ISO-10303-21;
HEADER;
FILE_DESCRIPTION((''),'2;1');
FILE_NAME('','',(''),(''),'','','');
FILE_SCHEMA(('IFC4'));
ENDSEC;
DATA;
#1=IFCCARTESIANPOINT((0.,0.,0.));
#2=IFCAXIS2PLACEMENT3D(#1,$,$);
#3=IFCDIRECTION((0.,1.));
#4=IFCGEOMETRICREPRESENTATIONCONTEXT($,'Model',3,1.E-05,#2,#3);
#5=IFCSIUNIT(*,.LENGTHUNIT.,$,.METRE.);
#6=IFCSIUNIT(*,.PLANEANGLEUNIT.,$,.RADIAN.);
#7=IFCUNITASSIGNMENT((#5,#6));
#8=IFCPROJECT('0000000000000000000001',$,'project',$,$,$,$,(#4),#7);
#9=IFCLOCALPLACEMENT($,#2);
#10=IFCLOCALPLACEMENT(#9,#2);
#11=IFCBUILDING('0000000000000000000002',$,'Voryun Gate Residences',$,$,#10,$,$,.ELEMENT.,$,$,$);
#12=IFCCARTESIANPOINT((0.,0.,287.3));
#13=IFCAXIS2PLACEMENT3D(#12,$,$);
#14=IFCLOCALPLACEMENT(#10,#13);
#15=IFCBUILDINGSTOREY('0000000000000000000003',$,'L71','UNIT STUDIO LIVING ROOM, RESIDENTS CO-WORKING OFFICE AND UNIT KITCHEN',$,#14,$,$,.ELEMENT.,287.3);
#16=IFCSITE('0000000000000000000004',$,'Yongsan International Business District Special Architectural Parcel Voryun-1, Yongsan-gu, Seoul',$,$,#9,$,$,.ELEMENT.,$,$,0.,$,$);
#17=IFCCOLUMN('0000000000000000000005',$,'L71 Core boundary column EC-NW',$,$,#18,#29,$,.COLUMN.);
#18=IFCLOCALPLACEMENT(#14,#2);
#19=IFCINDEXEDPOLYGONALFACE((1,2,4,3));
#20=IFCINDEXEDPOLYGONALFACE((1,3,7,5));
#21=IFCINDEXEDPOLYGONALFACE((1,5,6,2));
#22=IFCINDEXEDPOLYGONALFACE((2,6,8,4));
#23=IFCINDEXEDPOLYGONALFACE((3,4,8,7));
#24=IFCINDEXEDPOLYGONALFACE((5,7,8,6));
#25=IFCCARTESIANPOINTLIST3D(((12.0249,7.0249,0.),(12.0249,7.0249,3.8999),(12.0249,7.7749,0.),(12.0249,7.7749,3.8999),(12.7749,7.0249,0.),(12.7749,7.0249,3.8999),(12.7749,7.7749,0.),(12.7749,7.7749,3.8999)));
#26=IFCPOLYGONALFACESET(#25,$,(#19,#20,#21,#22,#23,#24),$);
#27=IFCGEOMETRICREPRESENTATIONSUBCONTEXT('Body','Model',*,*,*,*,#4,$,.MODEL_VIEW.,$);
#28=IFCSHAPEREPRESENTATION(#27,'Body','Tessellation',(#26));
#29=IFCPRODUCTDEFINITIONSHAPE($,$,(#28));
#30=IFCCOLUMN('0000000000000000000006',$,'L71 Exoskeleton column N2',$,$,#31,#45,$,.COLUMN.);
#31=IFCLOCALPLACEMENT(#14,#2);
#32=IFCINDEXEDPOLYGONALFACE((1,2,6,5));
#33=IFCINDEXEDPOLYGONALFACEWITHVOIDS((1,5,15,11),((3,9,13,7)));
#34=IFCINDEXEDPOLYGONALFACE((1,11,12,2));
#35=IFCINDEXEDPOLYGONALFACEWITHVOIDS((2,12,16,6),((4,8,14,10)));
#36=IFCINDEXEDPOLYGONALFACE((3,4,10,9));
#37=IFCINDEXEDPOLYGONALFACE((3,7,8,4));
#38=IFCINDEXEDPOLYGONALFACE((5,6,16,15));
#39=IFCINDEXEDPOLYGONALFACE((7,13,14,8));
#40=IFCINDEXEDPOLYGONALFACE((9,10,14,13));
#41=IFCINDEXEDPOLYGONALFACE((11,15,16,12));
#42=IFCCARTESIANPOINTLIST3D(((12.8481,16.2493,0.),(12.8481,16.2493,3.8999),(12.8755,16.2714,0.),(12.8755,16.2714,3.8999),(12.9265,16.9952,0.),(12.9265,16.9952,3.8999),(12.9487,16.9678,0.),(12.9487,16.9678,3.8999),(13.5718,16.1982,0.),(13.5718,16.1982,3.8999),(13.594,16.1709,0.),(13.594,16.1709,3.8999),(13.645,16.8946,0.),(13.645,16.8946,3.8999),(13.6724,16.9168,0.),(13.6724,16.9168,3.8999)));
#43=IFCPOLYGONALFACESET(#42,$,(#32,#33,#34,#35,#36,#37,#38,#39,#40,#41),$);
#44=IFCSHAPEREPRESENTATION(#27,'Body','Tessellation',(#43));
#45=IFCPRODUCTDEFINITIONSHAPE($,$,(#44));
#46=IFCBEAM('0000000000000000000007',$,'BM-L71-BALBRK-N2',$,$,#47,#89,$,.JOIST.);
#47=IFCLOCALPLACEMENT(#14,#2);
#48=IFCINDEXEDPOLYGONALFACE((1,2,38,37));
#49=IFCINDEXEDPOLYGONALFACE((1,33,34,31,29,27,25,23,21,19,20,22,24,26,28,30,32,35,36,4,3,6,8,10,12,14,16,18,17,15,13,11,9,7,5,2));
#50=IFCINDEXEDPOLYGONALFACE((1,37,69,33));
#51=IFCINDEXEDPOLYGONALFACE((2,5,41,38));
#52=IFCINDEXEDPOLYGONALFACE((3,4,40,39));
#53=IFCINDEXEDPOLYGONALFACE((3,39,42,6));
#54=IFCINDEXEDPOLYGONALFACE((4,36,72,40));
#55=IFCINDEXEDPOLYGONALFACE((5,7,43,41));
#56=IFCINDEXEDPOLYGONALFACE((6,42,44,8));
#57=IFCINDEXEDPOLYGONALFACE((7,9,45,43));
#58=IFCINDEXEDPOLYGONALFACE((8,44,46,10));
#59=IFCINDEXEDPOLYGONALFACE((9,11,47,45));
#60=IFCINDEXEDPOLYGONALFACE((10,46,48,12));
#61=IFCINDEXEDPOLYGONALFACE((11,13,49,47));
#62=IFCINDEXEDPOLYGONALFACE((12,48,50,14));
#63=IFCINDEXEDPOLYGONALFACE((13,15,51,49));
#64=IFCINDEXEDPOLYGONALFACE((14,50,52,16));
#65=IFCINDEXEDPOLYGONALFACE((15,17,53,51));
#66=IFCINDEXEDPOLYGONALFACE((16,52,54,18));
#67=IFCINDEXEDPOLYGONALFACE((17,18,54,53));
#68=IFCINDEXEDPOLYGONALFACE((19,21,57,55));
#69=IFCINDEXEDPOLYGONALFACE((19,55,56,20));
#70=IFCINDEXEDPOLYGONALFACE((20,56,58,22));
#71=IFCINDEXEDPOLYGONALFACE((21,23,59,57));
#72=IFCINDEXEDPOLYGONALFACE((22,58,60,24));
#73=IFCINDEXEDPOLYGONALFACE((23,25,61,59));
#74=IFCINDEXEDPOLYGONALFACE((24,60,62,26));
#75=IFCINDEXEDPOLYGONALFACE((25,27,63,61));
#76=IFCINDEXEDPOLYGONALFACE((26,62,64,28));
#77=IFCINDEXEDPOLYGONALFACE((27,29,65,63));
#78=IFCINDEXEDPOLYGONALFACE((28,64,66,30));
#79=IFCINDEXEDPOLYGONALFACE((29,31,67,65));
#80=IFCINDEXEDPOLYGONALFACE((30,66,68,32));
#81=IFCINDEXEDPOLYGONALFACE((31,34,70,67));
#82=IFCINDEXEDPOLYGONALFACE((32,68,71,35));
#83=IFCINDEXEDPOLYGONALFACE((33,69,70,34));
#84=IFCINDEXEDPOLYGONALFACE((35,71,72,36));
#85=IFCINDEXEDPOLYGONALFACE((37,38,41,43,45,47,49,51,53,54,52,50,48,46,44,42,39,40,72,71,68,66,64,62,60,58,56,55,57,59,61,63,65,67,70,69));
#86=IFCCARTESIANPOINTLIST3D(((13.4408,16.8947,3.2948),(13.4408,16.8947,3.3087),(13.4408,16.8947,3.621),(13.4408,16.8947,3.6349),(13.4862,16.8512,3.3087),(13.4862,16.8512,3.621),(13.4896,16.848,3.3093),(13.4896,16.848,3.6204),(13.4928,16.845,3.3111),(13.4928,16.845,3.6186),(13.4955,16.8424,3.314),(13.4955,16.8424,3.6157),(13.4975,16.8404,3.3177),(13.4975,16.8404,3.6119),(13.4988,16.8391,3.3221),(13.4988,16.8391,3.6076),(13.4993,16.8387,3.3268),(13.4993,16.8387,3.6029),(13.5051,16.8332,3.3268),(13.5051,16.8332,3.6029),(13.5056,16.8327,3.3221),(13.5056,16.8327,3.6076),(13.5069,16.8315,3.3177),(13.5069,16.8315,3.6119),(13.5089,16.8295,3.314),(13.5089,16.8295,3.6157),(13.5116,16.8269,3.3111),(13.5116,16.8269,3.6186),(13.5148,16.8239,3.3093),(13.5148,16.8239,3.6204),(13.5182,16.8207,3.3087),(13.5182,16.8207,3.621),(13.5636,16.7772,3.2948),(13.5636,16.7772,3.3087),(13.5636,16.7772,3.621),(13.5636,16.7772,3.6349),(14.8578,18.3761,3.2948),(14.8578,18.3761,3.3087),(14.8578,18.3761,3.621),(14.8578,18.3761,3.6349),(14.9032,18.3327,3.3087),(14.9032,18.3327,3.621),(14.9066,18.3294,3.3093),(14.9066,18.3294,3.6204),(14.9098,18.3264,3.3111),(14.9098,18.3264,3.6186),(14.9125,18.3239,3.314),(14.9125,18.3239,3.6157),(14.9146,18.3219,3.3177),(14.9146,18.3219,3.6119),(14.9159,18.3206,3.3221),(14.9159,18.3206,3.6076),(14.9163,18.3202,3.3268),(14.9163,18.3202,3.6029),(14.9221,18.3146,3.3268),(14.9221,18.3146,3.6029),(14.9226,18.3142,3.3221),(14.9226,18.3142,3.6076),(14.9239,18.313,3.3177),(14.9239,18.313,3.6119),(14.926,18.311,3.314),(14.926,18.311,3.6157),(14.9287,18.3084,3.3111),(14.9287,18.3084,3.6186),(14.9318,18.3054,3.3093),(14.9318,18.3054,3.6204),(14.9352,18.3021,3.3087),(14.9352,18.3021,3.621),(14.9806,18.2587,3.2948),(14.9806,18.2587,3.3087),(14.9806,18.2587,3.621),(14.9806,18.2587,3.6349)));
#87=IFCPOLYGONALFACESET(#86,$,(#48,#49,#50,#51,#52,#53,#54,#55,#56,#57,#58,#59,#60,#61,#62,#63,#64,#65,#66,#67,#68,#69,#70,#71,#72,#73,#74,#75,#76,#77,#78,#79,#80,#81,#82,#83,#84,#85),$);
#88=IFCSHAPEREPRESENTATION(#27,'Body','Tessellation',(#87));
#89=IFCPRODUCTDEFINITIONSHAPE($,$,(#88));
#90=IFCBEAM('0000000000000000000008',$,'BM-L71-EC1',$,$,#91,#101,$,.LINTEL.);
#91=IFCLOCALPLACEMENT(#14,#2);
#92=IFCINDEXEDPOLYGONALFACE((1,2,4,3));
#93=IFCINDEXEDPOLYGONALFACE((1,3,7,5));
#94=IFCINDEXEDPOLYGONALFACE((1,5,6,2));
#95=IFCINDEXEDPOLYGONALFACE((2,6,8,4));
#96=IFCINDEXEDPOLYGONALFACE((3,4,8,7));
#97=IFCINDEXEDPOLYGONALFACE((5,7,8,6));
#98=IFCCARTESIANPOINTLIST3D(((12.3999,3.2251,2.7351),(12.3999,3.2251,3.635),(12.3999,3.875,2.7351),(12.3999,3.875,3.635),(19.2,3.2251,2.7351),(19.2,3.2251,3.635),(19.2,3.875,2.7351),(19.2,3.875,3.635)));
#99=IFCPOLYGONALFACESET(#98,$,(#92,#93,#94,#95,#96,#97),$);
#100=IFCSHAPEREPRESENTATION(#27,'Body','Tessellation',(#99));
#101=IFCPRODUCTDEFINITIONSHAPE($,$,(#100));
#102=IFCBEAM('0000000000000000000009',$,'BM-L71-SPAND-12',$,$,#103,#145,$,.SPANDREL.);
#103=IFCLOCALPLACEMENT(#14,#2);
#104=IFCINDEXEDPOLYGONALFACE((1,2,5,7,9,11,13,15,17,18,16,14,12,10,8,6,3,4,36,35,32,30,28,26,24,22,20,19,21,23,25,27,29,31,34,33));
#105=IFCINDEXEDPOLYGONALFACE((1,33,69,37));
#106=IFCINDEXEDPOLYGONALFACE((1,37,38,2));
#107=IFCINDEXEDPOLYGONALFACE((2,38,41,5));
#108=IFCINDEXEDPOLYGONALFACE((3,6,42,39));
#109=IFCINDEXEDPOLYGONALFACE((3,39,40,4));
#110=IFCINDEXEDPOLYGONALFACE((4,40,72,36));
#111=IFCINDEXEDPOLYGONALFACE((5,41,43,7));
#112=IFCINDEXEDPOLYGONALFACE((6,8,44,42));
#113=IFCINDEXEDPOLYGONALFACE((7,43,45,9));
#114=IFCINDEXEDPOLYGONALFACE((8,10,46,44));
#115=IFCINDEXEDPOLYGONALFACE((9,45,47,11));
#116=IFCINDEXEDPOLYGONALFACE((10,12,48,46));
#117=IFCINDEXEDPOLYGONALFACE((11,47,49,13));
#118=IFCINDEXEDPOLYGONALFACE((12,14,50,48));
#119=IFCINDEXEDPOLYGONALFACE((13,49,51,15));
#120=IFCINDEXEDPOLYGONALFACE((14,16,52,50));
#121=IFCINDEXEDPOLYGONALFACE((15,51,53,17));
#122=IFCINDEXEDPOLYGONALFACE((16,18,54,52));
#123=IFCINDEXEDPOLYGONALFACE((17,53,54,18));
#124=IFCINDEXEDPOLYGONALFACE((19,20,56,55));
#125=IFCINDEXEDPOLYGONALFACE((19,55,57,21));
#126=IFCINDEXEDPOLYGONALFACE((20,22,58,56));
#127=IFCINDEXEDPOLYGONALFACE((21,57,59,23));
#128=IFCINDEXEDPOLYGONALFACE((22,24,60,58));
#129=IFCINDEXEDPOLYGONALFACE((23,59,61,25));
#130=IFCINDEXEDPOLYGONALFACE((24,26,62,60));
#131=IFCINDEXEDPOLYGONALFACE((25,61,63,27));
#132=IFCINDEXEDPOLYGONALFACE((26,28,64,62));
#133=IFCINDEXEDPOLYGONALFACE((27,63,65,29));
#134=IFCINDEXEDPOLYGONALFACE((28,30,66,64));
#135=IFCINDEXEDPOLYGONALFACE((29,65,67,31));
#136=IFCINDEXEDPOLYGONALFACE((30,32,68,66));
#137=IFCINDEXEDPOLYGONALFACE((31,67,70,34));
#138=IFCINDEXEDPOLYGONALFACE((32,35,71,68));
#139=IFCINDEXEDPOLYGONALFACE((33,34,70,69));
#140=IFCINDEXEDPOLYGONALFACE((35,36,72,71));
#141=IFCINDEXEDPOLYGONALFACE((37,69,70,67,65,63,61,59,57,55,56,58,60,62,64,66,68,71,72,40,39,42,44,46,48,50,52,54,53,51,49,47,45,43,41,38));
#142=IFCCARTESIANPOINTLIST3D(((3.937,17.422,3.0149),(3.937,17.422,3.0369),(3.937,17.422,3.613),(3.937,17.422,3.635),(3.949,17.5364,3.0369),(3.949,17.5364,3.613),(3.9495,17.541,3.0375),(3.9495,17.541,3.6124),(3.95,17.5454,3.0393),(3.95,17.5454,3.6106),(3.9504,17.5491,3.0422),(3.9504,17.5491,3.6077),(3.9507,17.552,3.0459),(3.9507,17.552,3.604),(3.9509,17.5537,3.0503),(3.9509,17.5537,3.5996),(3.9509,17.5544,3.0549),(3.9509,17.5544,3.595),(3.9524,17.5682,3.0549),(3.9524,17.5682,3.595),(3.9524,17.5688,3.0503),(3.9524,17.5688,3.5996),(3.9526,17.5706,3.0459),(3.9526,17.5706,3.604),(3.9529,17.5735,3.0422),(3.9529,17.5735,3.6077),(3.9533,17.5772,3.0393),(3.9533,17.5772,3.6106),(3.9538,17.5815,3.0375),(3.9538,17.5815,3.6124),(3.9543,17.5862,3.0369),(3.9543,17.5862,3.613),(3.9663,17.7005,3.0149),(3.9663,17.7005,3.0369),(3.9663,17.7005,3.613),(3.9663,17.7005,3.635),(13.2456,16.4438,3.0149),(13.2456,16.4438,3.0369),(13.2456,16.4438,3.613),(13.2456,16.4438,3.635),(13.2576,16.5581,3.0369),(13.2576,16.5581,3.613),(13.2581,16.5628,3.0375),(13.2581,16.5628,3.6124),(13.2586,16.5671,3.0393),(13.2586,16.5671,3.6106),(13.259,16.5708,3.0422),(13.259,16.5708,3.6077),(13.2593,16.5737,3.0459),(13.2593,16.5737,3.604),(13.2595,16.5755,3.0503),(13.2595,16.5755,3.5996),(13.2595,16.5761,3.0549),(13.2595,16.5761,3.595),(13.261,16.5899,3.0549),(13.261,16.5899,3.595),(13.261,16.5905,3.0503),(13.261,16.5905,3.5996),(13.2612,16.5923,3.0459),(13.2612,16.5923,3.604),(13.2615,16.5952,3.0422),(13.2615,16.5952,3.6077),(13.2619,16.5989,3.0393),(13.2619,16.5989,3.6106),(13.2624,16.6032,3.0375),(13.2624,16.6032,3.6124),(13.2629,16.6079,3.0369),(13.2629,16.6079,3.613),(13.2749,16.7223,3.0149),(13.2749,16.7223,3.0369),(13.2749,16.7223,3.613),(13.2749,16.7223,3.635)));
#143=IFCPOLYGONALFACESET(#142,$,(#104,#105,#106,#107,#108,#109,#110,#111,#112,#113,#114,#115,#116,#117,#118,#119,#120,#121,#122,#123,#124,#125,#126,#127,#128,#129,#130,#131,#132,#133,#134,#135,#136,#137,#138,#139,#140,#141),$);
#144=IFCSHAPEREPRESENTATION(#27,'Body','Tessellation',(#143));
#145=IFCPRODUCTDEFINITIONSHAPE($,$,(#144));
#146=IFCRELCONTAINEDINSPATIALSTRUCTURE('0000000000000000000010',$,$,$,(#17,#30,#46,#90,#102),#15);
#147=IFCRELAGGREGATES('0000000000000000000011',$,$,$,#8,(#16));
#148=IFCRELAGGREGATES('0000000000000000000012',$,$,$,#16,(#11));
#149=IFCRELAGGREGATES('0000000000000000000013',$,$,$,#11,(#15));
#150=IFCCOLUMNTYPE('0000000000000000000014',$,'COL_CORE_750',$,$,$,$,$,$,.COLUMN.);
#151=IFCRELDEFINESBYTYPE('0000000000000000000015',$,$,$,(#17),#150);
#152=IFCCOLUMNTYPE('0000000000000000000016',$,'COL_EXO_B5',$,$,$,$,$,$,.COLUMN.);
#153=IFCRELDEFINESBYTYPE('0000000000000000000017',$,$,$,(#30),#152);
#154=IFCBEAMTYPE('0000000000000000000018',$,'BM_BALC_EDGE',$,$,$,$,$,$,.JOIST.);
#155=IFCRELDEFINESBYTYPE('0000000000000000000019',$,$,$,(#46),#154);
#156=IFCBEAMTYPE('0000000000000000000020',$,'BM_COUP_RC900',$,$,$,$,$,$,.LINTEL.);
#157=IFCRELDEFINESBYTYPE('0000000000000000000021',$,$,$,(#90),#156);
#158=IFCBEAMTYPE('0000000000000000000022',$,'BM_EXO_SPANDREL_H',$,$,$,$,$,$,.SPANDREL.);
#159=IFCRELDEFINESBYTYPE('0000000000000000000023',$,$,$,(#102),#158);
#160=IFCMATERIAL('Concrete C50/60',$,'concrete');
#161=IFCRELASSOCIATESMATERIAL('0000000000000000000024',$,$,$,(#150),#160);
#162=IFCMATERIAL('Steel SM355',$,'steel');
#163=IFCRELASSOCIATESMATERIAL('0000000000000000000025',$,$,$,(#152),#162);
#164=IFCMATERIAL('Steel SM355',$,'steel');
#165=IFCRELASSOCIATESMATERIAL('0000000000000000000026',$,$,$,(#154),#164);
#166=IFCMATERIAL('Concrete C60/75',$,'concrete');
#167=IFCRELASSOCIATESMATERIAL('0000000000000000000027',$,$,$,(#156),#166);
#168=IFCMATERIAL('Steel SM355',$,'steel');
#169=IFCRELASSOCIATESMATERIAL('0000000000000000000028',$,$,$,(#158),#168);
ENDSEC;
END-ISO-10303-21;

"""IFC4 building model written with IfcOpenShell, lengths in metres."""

from ifc_helpers import new_model, si_unit, direction, frame, origin, origin_2d, place, context, subcontext, project, spatial, rectangle, hollow_rectangle, i_section, extrude, material, material_profile, profile_set, type_object, element, save


model = new_model("IFC4")

# Units and contexts
model_context = context("Model", 3, precision=1e-05, world=origin(), true_north=direction((0.0, 1.0)))
body_context = subcontext(model_context, "Body", "Model", "MODEL_VIEW")
ifc_project = project(units=[si_unit("LENGTHUNIT", "METRE"), si_unit("PLANEANGLEUNIT", "RADIAN")], contexts=[model_context])

# Site, building, storey
site_placement = place(None, origin())
site = spatial("IfcSite", under=ifc_project, at=site_placement, Name="Yongsan International Business District Special Architectural Parcel Voryun-1, Yongsan-gu, Seoul", CompositionType="ELEMENT", RefElevation=0.0)
building_placement = place(site_placement, origin())
building = spatial("IfcBuilding", under=site, at=building_placement, Name="Voryun Gate Residences", CompositionType="ELEMENT")
storey_placement = place(building_placement, frame((0.0, 0.0, 287.3)))
storey = spatial("IfcBuildingStorey", under=building, at=storey_placement, Name="L71", Description="UNIT STUDIO LIVING ROOM, RESIDENTS CO-WORKING OFFICE AND UNIT KITCHEN", CompositionType="ELEMENT", Elevation=287.3)

# Columns
ifc_material_1 = material(Name="Concrete C50/60", Category="concrete")
ifc_material_profile_1 = material_profile(ifc_material_1, rectangle(XDim=0.75, YDim=0.75, at=origin_2d()), Name="RC-750x750")
ifc_profile_set_1 = profile_set([ifc_material_profile_1], Name="Concrete C50/60")
column_type_1 = type_object("IfcColumnType", Name="COL_CORE_750", PredefinedType="COLUMN", material=ifc_profile_set_1)
column_1_placement = place(storey_placement, frame((12.3999, 7.3999, 0.0), z_axis=(0.0, 0.0, 1.0), x_axis=(1.0, 0.0, 0.0)))
element("IfcColumn", 1, at=column_1_placement, inside=storey, type_object=column_type_1, Name="L71 Core boundary column EC-NW", PredefinedType="COLUMN", context=body_context, shape_type="SweptSolid", body=[
    extrude(rectangle(XDim=0.75, YDim=0.75, at=origin_2d()), origin(), (0.0, 0.0, 1.0), 3.8999),
])
ifc_material_2 = material(Name="Steel SM355", Category="steel")
ifc_material_profile_2 = material_profile(ifc_material_2, hollow_rectangle(XDim=0.75, YDim=0.75, WallThickness=0.0249, at=origin_2d()), Name="BOX-750x750x25")
ifc_profile_set_2 = profile_set([ifc_material_profile_2], Name="Steel SM355")
column_type_2 = type_object("IfcColumnType", Name="COL_EXO_B5", PredefinedType="COLUMN", material=ifc_profile_set_2)
column_2_placement = place(storey_placement, frame((13.2603, 16.583, 0.0), z_axis=(0.0, 0.0, 1.0), x_axis=(0.994522, -0.104528, 0.0)))
element("IfcColumn", 2, at=column_2_placement, inside=storey, type_object=column_type_2, Name="L71 Exoskeleton column N2", PredefinedType="COLUMN", context=body_context, shape_type="SweptSolid", body=[
    extrude(hollow_rectangle(XDim=0.75, YDim=0.75, WallThickness=0.0249, at=origin_2d()), origin(), (0.0, 0.0, 1.0), 3.8999),
])

# Beams
ifc_material_3 = material(Name="Steel SM355", Category="steel")
ifc_material_profile_3 = material_profile(ifc_material_3, i_section(OverallWidth=0.1699, OverallDepth=0.3401, WebThickness=0.0081, FlangeThickness=0.0139, FilletRadius=0.0181, at=origin_2d()), Name="H-340x170x8x14")
ifc_profile_set_3 = profile_set([ifc_material_profile_3], Name="Steel SM355")
beam_type_1 = type_object("IfcBeamType", Name="BM_BALC_EDGE", PredefinedType="JOIST", material=ifc_profile_set_3)
beam_1_placement = place(storey_placement, frame((13.5022, 16.8359, 3.4648), z_axis=(0.691212, 0.722652, 0.0), x_axis=(-0.722652, 0.691212, 0.0)))
element("IfcBeam", 3, at=beam_1_placement, inside=storey, type_object=beam_type_1, Name="BM-L71-BALBRK-N2", PredefinedType="JOIST", context=body_context, shape_type="SweptSolid", body=[
    extrude(i_section(OverallWidth=0.1699, OverallDepth=0.3401, WebThickness=0.0081, FlangeThickness=0.0139, FilletRadius=0.0181, at=origin_2d()), origin(), (0.0, 0.0, 1.0), 2.05),
])
ifc_material_4 = material(Name="Concrete C60/75", Category="concrete")
ifc_material_profile_4 = material_profile(ifc_material_4, rectangle(XDim=0.6499, YDim=0.8999, at=origin_2d()), Name="RC-650x900")
ifc_profile_set_4 = profile_set([ifc_material_profile_4], Name="Concrete C60/75")
beam_type_2 = type_object("IfcBeamType", Name="BM_COUP_RC900", PredefinedType="LINTEL", material=ifc_profile_set_4)
beam_2_placement = place(storey_placement, frame((12.3999, 3.55, 3.1851), z_axis=(1.0, 0.0, 0.0), x_axis=(0.0, 1.0, 0.0)))
element("IfcBeam", 4, at=beam_2_placement, inside=storey, type_object=beam_type_2, Name="BM-L71-EC1", PredefinedType="LINTEL", context=body_context, shape_type="SweptSolid", body=[
    extrude(rectangle(XDim=0.6499, YDim=0.8999, at=origin_2d()), origin(), (0.0, 0.0, 1.0), 6.8),
])
ifc_material_5 = material(Name="Steel SM355", Category="steel")
ifc_material_profile_5 = material_profile(ifc_material_5, i_section(OverallWidth=0.28, OverallDepth=0.6201, WebThickness=0.0139, FlangeThickness=0.022, FilletRadius=0.0181, at=origin_2d()), Name="H-620x280x14x22")
ifc_profile_set_5 = profile_set([ifc_material_profile_5], Name="Steel SM355")
beam_type_3 = type_object("IfcBeamType", Name="BM_EXO_SPANDREL_H", PredefinedType="SPANDREL", material=ifc_profile_set_5)
beam_3_placement = place(storey_placement, frame((13.2603, 16.583, 3.325), z_axis=(-0.994523, 0.104518, 0.0), x_axis=(-0.104518, -0.994523, 0.0)))
element("IfcBeam", 5, at=beam_3_placement, inside=storey, type_object=beam_type_3, Name="BM-L71-SPAND-12", PredefinedType="SPANDREL", context=body_context, shape_type="SweptSolid", body=[
    extrude(i_section(OverallWidth=0.28, OverallDepth=0.6201, WebThickness=0.0139, FlangeThickness=0.022, FilletRadius=0.0181, at=origin_2d()), origin(), (0.0, 0.0, 1.0), 9.3599),
])

save(model, "model.ifc")
